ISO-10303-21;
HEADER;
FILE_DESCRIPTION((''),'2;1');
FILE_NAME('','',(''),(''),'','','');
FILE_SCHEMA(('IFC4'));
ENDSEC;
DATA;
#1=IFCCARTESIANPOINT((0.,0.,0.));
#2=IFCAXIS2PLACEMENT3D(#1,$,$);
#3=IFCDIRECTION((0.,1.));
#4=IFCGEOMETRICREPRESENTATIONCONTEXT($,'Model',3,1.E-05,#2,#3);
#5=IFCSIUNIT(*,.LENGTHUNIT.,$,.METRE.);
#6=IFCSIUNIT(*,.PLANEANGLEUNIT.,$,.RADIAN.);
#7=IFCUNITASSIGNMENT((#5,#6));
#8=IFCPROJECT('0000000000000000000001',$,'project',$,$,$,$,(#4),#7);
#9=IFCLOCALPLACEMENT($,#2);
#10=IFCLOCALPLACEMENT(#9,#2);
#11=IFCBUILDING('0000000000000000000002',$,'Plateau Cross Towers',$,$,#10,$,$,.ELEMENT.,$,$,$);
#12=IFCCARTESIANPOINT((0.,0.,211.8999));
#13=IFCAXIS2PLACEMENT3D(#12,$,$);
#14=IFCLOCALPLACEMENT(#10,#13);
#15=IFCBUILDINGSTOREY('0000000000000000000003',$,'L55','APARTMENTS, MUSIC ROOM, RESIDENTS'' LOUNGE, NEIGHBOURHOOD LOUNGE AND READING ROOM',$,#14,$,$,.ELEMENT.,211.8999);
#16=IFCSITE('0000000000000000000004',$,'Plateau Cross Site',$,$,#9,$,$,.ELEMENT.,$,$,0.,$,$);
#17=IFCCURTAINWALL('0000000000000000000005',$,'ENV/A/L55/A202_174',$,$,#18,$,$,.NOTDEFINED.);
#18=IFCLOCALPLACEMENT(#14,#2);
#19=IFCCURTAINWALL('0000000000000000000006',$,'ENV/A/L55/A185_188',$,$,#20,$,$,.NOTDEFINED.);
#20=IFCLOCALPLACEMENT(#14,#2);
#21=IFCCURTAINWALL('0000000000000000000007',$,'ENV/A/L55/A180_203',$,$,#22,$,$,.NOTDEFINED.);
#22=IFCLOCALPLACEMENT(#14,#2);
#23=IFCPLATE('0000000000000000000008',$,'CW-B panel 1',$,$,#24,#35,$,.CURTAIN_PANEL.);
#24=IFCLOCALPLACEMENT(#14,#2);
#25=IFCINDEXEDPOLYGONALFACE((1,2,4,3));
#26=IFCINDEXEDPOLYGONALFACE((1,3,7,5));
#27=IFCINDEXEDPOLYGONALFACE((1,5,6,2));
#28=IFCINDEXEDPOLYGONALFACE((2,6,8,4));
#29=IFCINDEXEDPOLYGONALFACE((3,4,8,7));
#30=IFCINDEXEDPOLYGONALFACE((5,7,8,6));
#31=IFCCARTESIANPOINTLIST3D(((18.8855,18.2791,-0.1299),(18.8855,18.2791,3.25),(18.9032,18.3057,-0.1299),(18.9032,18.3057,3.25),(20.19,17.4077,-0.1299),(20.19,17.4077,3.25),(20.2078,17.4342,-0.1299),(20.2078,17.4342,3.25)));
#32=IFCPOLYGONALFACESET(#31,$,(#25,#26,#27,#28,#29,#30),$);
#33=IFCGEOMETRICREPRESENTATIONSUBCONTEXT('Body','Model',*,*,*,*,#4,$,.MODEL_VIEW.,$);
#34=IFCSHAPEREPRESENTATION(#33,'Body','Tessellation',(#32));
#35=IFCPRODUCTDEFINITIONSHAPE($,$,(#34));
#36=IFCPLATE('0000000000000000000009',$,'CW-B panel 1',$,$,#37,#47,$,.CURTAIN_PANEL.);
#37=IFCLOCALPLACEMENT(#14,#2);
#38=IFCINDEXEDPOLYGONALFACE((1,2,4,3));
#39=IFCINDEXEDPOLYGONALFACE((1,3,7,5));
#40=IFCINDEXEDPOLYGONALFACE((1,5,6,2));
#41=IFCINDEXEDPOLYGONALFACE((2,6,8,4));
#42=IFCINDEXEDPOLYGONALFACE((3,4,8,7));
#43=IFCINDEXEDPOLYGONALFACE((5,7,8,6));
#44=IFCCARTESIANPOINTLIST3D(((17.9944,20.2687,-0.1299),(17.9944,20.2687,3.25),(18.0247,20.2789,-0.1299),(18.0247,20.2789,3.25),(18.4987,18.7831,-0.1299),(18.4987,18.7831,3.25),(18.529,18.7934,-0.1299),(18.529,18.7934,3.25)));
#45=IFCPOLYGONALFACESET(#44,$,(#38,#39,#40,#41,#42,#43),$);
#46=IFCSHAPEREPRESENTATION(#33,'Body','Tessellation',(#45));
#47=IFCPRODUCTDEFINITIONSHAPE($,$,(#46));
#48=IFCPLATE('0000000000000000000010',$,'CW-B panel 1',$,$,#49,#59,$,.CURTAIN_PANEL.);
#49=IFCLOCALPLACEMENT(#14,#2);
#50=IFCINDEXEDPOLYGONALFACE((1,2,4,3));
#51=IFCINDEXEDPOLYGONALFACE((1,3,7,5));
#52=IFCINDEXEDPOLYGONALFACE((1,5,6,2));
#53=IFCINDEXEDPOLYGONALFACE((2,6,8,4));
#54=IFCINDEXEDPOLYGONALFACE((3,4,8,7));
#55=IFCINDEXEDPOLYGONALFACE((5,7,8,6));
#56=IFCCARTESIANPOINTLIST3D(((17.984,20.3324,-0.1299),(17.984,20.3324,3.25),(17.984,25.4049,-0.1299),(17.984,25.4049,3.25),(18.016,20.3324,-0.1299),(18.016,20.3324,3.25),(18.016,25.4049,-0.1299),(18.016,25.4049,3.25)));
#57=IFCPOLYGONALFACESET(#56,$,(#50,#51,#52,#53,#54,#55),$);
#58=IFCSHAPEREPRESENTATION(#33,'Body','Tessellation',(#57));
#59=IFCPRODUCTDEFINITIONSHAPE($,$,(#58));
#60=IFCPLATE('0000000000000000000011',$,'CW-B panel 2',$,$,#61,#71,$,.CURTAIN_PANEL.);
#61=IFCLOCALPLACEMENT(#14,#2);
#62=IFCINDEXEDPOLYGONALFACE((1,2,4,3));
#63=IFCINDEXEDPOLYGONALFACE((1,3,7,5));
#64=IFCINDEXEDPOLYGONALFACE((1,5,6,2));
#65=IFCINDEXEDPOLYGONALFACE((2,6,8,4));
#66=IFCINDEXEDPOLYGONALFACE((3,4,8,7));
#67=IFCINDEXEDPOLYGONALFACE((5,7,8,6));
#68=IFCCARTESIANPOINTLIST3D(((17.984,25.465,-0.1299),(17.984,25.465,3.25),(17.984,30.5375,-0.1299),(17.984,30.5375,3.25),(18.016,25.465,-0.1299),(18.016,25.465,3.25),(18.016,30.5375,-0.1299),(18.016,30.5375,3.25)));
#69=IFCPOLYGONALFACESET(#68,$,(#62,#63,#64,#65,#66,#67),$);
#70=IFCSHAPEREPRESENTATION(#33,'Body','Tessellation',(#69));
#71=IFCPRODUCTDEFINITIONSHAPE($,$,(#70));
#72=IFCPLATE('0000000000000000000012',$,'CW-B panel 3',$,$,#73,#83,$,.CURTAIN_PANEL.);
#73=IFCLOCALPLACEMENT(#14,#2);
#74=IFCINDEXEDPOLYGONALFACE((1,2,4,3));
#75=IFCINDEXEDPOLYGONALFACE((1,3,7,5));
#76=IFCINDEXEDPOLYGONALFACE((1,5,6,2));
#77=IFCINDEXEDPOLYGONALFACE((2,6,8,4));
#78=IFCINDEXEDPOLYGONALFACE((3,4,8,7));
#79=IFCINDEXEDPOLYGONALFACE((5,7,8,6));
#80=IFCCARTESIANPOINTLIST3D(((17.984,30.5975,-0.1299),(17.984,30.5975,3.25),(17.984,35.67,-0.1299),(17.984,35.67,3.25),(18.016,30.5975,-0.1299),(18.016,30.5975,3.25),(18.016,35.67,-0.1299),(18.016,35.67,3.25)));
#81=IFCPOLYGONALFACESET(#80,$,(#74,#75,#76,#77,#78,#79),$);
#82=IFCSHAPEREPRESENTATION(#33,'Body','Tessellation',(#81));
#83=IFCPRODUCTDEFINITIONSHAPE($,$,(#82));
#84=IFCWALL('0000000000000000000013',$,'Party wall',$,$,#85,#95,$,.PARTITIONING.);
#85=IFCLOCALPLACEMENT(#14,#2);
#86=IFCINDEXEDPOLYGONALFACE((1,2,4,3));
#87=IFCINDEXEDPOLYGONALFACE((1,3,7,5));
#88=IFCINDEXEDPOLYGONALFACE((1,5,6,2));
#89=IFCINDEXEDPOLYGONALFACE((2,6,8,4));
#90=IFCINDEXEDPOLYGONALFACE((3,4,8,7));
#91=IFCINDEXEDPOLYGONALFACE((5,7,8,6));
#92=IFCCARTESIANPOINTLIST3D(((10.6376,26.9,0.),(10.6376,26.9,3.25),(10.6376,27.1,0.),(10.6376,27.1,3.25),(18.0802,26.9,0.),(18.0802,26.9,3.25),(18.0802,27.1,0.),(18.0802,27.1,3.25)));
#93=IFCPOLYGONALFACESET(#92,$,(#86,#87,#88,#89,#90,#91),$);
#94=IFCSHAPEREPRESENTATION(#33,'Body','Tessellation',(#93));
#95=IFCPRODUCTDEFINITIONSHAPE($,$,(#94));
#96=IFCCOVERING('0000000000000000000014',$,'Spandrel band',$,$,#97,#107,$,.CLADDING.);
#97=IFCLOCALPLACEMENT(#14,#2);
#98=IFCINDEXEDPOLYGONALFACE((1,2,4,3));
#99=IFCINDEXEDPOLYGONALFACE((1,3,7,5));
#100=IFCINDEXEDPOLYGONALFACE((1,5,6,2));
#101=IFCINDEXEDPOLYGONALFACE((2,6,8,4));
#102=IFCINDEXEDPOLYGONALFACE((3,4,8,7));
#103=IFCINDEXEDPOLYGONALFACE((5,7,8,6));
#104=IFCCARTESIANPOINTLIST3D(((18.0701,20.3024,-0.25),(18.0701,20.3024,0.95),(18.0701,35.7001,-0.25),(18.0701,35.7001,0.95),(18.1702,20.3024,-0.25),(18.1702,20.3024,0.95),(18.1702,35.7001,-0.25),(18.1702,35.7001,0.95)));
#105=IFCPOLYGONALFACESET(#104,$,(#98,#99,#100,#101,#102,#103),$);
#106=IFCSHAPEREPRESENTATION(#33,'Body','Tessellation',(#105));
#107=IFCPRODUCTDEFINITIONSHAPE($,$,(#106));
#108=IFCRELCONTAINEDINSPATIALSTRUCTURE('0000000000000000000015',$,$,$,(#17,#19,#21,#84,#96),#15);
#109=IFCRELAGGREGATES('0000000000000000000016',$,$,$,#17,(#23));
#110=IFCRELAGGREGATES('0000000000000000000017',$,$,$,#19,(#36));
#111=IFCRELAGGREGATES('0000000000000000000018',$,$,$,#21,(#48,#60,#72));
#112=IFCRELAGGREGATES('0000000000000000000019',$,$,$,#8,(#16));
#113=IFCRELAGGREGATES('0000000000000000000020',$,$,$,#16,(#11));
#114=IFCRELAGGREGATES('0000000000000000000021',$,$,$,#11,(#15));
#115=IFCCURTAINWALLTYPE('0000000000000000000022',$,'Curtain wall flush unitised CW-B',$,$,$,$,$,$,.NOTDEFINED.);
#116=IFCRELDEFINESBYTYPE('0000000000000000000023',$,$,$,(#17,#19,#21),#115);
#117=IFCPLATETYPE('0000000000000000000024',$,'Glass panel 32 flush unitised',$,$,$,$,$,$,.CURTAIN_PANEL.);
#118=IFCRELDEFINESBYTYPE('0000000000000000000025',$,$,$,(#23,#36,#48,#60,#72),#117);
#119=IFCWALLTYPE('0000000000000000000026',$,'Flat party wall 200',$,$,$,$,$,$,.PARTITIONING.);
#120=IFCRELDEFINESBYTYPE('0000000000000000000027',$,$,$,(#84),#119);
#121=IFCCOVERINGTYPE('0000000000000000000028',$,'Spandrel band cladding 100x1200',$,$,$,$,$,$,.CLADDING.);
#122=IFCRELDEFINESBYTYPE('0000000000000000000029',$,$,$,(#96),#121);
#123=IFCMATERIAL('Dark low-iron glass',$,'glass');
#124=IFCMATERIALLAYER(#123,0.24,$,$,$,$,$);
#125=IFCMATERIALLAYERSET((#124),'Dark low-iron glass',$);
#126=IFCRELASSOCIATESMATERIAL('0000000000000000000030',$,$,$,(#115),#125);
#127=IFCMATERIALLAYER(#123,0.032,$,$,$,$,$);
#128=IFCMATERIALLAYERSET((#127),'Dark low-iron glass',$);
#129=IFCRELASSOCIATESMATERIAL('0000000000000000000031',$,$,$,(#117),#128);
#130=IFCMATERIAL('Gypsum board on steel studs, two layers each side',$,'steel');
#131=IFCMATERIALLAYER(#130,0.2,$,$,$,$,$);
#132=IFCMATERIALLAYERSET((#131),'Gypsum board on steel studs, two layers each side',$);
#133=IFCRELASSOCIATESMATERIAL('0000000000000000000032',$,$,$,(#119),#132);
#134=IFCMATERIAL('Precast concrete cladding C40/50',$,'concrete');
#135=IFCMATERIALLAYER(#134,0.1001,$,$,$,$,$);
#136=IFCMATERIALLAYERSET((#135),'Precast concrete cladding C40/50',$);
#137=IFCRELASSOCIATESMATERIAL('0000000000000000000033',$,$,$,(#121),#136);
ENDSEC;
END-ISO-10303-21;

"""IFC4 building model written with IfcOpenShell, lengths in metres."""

from ifc_helpers import new_model, si_unit, direction, frame, frame_2d, origin, origin_2d, place, context, subcontext, project, spatial, rectangle, extrude, material, layer, layer_set, type_object, element, aggregate, save


model = new_model("IFC4")

# Units and contexts
model_context = context("Model", 3, precision=1e-05, world=origin(), true_north=direction((0.0, 1.0)))
body_context = subcontext(model_context, "Body", "Model", "MODEL_VIEW")
ifc_project = project(units=[si_unit("LENGTHUNIT", "METRE"), si_unit("PLANEANGLEUNIT", "RADIAN")], contexts=[model_context])

# Site, building, storey
site_placement = place(None, origin())
site = spatial("IfcSite", under=ifc_project, at=site_placement, Name="Plateau Cross Site", CompositionType="ELEMENT", RefElevation=0.0)
building_placement = place(site_placement, origin())
building = spatial("IfcBuilding", under=site, at=building_placement, Name="Plateau Cross Towers", CompositionType="ELEMENT")
storey_placement = place(building_placement, frame((0.0, 0.0, 211.8999)))
storey = spatial("IfcBuildingStorey", under=building, at=storey_placement, Name="L55", Description="APARTMENTS, MUSIC ROOM, RESIDENTS' LOUNGE, NEIGHBOURHOOD LOUNGE AND READING ROOM", CompositionType="ELEMENT", Elevation=211.8999)

# Curtain wall
ifc_material_1 = material(Name="Dark low-iron glass", Category="glass")
ifc_layer_1 = layer(ifc_material_1, 0.24)
ifc_layer_set_1 = layer_set([ifc_layer_1], Name="Dark low-iron glass")
curtain_wall_type_1 = type_object("IfcCurtainWallType", Name="Curtain wall flush unitised CW-B", PredefinedType="NOTDEFINED", material=ifc_layer_set_1)
curtain_wall_1_placement = place(storey_placement, origin())
curtain_wall_1 = element("IfcCurtainWall", 1, at=curtain_wall_1_placement, inside=storey, type_object=curtain_wall_type_1, Name="ENV/A/L55/A202_174", PredefinedType="NOTDEFINED")

# Curtain wall
curtain_wall_2_placement = place(storey_placement, origin())
curtain_wall_2 = element("IfcCurtainWall", 2, at=curtain_wall_2_placement, inside=storey, type_object=curtain_wall_type_1, Name="ENV/A/L55/A185_188", PredefinedType="NOTDEFINED")

# Curtain wall
curtain_wall_3_placement = place(storey_placement, origin())
curtain_wall_3 = element("IfcCurtainWall", 3, at=curtain_wall_3_placement, inside=storey, type_object=curtain_wall_type_1, Name="ENV/A/L55/A180_203", PredefinedType="NOTDEFINED")

# Plates
ifc_layer_2 = layer(ifc_material_1, 0.032)
ifc_layer_set_2 = layer_set([ifc_layer_2], Name="Dark low-iron glass")
plate_type = type_object("IfcPlateType", Name="Glass panel 32 flush unitised", PredefinedType="CURTAIN_PANEL", material=ifc_layer_set_2)
plate_1_placement = place(storey_placement, frame((19.5466, 17.8567, -0.1299), z_axis=(0.0, 0.0, 1.0), x_axis=(-0.831521, 0.555493, 0.0)))
plate_1 = element("IfcPlate", 4, at=plate_1_placement, type_object=plate_type, Name="CW-B panel 1", PredefinedType="CURTAIN_PANEL", context=body_context, shape_type="SweptSolid", body=[
    extrude(rectangle(XDim=1.5688, YDim=0.032, at=origin_2d()), origin(), (0.0, 0.0, 1.0), 3.3799),
])
aggregate(curtain_wall_1, [plate_1])
plate_2_placement = place(storey_placement, frame((18.2617, 19.531, -0.1299), z_axis=(0.0, 0.0, 1.0), x_axis=(-0.321469, 0.94692, 0.0)))
plate_2 = element("IfcPlate", 5, at=plate_2_placement, type_object=plate_type, Name="CW-B panel 1", PredefinedType="CURTAIN_PANEL", context=body_context, shape_type="SweptSolid", body=[
    extrude(rectangle(XDim=1.5688, YDim=0.032, at=origin_2d()), origin(), (0.0, 0.0, 1.0), 3.3799),
])
aggregate(curtain_wall_2, [plate_2])
plate_3_placement = place(storey_placement, frame((18.0, 22.8687, -0.1299), z_axis=(0.0, 0.0, 1.0), x_axis=(0.0, 1.0, 0.0)))
plate_3 = element("IfcPlate", 6, at=plate_3_placement, type_object=plate_type, Name="CW-B panel 1", PredefinedType="CURTAIN_PANEL", context=body_context, shape_type="SweptSolid", body=[
    extrude(rectangle(XDim=5.0725, YDim=0.032, at=origin_2d()), origin(), (0.0, 0.0, 1.0), 3.3799),
])
plate_4_placement = place(storey_placement, frame((18.0, 28.0012, -0.1299), z_axis=(0.0, 0.0, 1.0), x_axis=(0.0, 1.0, 0.0)))
plate_4 = element("IfcPlate", 7, at=plate_4_placement, type_object=plate_type, Name="CW-B panel 2", PredefinedType="CURTAIN_PANEL", context=body_context, shape_type="SweptSolid", body=[
    extrude(rectangle(XDim=5.0725, YDim=0.032, at=origin_2d()), origin(), (0.0, 0.0, 1.0), 3.3799),
])
plate_5_placement = place(storey_placement, frame((18.0, 33.1338, -0.1299), z_axis=(0.0, 0.0, 1.0), x_axis=(0.0, 1.0, 0.0)))
plate_5 = element("IfcPlate", 8, at=plate_5_placement, type_object=plate_type, Name="CW-B panel 3", PredefinedType="CURTAIN_PANEL", context=body_context, shape_type="SweptSolid", body=[
    extrude(rectangle(XDim=5.0725, YDim=0.032, at=origin_2d()), origin(), (0.0, 0.0, 1.0), 3.3799),
])
aggregate(curtain_wall_3, [plate_3, plate_4, plate_5])

# Wall
ifc_material_2 = material(Name="Gypsum board on steel studs, two layers each side", Category="steel")
ifc_layer_3 = layer(ifc_material_2, 0.2)
ifc_layer_set_3 = layer_set([ifc_layer_3], Name="Gypsum board on steel studs, two layers each side")
wall_type = type_object("IfcWallType", Name="Flat party wall 200", PredefinedType="PARTITIONING", material=ifc_layer_set_3)
wall_placement = place(storey_placement, frame((18.0801, 27.0, 0.0), z_axis=(0.0, 0.0, 1.0), x_axis=(-1.0, 0.0, 0.0)))
element("IfcWall", 9, at=wall_placement, inside=storey, type_object=wall_type, Name="Party wall", PredefinedType="PARTITIONING", context=body_context, shape_type="SweptSolid", body=[
    extrude(rectangle(XDim=7.4426, YDim=0.2, at=frame_2d((3.7212, 0.0))), origin(), (0.0, 0.0, 1.0), 3.25),
])

# Covering
ifc_material_3 = material(Name="Precast concrete cladding C40/50", Category="concrete")
ifc_layer_4 = layer(ifc_material_3, 0.1001)
ifc_layer_set_4 = layer_set([ifc_layer_4], Name="Precast concrete cladding C40/50")
covering_type = type_object("IfcCoveringType", Name="Spandrel band cladding 100x1200", PredefinedType="CLADDING", material=ifc_layer_set_4)
covering_placement = place(storey_placement, frame((18.1201, 28.0012, -0.25), z_axis=(0.0, 0.0, 1.0), x_axis=(0.0, 1.0, 0.0)))
element("IfcCovering", 10, at=covering_placement, inside=storey, type_object=covering_type, Name="Spandrel band", PredefinedType="CLADDING", context=body_context, shape_type="SweptSolid", body=[
    extrude(rectangle(XDim=15.3977, YDim=0.1001, at=origin_2d()), origin(), (0.0, 0.0, 1.0), 1.2),
])

save(model, "model.ifc")
